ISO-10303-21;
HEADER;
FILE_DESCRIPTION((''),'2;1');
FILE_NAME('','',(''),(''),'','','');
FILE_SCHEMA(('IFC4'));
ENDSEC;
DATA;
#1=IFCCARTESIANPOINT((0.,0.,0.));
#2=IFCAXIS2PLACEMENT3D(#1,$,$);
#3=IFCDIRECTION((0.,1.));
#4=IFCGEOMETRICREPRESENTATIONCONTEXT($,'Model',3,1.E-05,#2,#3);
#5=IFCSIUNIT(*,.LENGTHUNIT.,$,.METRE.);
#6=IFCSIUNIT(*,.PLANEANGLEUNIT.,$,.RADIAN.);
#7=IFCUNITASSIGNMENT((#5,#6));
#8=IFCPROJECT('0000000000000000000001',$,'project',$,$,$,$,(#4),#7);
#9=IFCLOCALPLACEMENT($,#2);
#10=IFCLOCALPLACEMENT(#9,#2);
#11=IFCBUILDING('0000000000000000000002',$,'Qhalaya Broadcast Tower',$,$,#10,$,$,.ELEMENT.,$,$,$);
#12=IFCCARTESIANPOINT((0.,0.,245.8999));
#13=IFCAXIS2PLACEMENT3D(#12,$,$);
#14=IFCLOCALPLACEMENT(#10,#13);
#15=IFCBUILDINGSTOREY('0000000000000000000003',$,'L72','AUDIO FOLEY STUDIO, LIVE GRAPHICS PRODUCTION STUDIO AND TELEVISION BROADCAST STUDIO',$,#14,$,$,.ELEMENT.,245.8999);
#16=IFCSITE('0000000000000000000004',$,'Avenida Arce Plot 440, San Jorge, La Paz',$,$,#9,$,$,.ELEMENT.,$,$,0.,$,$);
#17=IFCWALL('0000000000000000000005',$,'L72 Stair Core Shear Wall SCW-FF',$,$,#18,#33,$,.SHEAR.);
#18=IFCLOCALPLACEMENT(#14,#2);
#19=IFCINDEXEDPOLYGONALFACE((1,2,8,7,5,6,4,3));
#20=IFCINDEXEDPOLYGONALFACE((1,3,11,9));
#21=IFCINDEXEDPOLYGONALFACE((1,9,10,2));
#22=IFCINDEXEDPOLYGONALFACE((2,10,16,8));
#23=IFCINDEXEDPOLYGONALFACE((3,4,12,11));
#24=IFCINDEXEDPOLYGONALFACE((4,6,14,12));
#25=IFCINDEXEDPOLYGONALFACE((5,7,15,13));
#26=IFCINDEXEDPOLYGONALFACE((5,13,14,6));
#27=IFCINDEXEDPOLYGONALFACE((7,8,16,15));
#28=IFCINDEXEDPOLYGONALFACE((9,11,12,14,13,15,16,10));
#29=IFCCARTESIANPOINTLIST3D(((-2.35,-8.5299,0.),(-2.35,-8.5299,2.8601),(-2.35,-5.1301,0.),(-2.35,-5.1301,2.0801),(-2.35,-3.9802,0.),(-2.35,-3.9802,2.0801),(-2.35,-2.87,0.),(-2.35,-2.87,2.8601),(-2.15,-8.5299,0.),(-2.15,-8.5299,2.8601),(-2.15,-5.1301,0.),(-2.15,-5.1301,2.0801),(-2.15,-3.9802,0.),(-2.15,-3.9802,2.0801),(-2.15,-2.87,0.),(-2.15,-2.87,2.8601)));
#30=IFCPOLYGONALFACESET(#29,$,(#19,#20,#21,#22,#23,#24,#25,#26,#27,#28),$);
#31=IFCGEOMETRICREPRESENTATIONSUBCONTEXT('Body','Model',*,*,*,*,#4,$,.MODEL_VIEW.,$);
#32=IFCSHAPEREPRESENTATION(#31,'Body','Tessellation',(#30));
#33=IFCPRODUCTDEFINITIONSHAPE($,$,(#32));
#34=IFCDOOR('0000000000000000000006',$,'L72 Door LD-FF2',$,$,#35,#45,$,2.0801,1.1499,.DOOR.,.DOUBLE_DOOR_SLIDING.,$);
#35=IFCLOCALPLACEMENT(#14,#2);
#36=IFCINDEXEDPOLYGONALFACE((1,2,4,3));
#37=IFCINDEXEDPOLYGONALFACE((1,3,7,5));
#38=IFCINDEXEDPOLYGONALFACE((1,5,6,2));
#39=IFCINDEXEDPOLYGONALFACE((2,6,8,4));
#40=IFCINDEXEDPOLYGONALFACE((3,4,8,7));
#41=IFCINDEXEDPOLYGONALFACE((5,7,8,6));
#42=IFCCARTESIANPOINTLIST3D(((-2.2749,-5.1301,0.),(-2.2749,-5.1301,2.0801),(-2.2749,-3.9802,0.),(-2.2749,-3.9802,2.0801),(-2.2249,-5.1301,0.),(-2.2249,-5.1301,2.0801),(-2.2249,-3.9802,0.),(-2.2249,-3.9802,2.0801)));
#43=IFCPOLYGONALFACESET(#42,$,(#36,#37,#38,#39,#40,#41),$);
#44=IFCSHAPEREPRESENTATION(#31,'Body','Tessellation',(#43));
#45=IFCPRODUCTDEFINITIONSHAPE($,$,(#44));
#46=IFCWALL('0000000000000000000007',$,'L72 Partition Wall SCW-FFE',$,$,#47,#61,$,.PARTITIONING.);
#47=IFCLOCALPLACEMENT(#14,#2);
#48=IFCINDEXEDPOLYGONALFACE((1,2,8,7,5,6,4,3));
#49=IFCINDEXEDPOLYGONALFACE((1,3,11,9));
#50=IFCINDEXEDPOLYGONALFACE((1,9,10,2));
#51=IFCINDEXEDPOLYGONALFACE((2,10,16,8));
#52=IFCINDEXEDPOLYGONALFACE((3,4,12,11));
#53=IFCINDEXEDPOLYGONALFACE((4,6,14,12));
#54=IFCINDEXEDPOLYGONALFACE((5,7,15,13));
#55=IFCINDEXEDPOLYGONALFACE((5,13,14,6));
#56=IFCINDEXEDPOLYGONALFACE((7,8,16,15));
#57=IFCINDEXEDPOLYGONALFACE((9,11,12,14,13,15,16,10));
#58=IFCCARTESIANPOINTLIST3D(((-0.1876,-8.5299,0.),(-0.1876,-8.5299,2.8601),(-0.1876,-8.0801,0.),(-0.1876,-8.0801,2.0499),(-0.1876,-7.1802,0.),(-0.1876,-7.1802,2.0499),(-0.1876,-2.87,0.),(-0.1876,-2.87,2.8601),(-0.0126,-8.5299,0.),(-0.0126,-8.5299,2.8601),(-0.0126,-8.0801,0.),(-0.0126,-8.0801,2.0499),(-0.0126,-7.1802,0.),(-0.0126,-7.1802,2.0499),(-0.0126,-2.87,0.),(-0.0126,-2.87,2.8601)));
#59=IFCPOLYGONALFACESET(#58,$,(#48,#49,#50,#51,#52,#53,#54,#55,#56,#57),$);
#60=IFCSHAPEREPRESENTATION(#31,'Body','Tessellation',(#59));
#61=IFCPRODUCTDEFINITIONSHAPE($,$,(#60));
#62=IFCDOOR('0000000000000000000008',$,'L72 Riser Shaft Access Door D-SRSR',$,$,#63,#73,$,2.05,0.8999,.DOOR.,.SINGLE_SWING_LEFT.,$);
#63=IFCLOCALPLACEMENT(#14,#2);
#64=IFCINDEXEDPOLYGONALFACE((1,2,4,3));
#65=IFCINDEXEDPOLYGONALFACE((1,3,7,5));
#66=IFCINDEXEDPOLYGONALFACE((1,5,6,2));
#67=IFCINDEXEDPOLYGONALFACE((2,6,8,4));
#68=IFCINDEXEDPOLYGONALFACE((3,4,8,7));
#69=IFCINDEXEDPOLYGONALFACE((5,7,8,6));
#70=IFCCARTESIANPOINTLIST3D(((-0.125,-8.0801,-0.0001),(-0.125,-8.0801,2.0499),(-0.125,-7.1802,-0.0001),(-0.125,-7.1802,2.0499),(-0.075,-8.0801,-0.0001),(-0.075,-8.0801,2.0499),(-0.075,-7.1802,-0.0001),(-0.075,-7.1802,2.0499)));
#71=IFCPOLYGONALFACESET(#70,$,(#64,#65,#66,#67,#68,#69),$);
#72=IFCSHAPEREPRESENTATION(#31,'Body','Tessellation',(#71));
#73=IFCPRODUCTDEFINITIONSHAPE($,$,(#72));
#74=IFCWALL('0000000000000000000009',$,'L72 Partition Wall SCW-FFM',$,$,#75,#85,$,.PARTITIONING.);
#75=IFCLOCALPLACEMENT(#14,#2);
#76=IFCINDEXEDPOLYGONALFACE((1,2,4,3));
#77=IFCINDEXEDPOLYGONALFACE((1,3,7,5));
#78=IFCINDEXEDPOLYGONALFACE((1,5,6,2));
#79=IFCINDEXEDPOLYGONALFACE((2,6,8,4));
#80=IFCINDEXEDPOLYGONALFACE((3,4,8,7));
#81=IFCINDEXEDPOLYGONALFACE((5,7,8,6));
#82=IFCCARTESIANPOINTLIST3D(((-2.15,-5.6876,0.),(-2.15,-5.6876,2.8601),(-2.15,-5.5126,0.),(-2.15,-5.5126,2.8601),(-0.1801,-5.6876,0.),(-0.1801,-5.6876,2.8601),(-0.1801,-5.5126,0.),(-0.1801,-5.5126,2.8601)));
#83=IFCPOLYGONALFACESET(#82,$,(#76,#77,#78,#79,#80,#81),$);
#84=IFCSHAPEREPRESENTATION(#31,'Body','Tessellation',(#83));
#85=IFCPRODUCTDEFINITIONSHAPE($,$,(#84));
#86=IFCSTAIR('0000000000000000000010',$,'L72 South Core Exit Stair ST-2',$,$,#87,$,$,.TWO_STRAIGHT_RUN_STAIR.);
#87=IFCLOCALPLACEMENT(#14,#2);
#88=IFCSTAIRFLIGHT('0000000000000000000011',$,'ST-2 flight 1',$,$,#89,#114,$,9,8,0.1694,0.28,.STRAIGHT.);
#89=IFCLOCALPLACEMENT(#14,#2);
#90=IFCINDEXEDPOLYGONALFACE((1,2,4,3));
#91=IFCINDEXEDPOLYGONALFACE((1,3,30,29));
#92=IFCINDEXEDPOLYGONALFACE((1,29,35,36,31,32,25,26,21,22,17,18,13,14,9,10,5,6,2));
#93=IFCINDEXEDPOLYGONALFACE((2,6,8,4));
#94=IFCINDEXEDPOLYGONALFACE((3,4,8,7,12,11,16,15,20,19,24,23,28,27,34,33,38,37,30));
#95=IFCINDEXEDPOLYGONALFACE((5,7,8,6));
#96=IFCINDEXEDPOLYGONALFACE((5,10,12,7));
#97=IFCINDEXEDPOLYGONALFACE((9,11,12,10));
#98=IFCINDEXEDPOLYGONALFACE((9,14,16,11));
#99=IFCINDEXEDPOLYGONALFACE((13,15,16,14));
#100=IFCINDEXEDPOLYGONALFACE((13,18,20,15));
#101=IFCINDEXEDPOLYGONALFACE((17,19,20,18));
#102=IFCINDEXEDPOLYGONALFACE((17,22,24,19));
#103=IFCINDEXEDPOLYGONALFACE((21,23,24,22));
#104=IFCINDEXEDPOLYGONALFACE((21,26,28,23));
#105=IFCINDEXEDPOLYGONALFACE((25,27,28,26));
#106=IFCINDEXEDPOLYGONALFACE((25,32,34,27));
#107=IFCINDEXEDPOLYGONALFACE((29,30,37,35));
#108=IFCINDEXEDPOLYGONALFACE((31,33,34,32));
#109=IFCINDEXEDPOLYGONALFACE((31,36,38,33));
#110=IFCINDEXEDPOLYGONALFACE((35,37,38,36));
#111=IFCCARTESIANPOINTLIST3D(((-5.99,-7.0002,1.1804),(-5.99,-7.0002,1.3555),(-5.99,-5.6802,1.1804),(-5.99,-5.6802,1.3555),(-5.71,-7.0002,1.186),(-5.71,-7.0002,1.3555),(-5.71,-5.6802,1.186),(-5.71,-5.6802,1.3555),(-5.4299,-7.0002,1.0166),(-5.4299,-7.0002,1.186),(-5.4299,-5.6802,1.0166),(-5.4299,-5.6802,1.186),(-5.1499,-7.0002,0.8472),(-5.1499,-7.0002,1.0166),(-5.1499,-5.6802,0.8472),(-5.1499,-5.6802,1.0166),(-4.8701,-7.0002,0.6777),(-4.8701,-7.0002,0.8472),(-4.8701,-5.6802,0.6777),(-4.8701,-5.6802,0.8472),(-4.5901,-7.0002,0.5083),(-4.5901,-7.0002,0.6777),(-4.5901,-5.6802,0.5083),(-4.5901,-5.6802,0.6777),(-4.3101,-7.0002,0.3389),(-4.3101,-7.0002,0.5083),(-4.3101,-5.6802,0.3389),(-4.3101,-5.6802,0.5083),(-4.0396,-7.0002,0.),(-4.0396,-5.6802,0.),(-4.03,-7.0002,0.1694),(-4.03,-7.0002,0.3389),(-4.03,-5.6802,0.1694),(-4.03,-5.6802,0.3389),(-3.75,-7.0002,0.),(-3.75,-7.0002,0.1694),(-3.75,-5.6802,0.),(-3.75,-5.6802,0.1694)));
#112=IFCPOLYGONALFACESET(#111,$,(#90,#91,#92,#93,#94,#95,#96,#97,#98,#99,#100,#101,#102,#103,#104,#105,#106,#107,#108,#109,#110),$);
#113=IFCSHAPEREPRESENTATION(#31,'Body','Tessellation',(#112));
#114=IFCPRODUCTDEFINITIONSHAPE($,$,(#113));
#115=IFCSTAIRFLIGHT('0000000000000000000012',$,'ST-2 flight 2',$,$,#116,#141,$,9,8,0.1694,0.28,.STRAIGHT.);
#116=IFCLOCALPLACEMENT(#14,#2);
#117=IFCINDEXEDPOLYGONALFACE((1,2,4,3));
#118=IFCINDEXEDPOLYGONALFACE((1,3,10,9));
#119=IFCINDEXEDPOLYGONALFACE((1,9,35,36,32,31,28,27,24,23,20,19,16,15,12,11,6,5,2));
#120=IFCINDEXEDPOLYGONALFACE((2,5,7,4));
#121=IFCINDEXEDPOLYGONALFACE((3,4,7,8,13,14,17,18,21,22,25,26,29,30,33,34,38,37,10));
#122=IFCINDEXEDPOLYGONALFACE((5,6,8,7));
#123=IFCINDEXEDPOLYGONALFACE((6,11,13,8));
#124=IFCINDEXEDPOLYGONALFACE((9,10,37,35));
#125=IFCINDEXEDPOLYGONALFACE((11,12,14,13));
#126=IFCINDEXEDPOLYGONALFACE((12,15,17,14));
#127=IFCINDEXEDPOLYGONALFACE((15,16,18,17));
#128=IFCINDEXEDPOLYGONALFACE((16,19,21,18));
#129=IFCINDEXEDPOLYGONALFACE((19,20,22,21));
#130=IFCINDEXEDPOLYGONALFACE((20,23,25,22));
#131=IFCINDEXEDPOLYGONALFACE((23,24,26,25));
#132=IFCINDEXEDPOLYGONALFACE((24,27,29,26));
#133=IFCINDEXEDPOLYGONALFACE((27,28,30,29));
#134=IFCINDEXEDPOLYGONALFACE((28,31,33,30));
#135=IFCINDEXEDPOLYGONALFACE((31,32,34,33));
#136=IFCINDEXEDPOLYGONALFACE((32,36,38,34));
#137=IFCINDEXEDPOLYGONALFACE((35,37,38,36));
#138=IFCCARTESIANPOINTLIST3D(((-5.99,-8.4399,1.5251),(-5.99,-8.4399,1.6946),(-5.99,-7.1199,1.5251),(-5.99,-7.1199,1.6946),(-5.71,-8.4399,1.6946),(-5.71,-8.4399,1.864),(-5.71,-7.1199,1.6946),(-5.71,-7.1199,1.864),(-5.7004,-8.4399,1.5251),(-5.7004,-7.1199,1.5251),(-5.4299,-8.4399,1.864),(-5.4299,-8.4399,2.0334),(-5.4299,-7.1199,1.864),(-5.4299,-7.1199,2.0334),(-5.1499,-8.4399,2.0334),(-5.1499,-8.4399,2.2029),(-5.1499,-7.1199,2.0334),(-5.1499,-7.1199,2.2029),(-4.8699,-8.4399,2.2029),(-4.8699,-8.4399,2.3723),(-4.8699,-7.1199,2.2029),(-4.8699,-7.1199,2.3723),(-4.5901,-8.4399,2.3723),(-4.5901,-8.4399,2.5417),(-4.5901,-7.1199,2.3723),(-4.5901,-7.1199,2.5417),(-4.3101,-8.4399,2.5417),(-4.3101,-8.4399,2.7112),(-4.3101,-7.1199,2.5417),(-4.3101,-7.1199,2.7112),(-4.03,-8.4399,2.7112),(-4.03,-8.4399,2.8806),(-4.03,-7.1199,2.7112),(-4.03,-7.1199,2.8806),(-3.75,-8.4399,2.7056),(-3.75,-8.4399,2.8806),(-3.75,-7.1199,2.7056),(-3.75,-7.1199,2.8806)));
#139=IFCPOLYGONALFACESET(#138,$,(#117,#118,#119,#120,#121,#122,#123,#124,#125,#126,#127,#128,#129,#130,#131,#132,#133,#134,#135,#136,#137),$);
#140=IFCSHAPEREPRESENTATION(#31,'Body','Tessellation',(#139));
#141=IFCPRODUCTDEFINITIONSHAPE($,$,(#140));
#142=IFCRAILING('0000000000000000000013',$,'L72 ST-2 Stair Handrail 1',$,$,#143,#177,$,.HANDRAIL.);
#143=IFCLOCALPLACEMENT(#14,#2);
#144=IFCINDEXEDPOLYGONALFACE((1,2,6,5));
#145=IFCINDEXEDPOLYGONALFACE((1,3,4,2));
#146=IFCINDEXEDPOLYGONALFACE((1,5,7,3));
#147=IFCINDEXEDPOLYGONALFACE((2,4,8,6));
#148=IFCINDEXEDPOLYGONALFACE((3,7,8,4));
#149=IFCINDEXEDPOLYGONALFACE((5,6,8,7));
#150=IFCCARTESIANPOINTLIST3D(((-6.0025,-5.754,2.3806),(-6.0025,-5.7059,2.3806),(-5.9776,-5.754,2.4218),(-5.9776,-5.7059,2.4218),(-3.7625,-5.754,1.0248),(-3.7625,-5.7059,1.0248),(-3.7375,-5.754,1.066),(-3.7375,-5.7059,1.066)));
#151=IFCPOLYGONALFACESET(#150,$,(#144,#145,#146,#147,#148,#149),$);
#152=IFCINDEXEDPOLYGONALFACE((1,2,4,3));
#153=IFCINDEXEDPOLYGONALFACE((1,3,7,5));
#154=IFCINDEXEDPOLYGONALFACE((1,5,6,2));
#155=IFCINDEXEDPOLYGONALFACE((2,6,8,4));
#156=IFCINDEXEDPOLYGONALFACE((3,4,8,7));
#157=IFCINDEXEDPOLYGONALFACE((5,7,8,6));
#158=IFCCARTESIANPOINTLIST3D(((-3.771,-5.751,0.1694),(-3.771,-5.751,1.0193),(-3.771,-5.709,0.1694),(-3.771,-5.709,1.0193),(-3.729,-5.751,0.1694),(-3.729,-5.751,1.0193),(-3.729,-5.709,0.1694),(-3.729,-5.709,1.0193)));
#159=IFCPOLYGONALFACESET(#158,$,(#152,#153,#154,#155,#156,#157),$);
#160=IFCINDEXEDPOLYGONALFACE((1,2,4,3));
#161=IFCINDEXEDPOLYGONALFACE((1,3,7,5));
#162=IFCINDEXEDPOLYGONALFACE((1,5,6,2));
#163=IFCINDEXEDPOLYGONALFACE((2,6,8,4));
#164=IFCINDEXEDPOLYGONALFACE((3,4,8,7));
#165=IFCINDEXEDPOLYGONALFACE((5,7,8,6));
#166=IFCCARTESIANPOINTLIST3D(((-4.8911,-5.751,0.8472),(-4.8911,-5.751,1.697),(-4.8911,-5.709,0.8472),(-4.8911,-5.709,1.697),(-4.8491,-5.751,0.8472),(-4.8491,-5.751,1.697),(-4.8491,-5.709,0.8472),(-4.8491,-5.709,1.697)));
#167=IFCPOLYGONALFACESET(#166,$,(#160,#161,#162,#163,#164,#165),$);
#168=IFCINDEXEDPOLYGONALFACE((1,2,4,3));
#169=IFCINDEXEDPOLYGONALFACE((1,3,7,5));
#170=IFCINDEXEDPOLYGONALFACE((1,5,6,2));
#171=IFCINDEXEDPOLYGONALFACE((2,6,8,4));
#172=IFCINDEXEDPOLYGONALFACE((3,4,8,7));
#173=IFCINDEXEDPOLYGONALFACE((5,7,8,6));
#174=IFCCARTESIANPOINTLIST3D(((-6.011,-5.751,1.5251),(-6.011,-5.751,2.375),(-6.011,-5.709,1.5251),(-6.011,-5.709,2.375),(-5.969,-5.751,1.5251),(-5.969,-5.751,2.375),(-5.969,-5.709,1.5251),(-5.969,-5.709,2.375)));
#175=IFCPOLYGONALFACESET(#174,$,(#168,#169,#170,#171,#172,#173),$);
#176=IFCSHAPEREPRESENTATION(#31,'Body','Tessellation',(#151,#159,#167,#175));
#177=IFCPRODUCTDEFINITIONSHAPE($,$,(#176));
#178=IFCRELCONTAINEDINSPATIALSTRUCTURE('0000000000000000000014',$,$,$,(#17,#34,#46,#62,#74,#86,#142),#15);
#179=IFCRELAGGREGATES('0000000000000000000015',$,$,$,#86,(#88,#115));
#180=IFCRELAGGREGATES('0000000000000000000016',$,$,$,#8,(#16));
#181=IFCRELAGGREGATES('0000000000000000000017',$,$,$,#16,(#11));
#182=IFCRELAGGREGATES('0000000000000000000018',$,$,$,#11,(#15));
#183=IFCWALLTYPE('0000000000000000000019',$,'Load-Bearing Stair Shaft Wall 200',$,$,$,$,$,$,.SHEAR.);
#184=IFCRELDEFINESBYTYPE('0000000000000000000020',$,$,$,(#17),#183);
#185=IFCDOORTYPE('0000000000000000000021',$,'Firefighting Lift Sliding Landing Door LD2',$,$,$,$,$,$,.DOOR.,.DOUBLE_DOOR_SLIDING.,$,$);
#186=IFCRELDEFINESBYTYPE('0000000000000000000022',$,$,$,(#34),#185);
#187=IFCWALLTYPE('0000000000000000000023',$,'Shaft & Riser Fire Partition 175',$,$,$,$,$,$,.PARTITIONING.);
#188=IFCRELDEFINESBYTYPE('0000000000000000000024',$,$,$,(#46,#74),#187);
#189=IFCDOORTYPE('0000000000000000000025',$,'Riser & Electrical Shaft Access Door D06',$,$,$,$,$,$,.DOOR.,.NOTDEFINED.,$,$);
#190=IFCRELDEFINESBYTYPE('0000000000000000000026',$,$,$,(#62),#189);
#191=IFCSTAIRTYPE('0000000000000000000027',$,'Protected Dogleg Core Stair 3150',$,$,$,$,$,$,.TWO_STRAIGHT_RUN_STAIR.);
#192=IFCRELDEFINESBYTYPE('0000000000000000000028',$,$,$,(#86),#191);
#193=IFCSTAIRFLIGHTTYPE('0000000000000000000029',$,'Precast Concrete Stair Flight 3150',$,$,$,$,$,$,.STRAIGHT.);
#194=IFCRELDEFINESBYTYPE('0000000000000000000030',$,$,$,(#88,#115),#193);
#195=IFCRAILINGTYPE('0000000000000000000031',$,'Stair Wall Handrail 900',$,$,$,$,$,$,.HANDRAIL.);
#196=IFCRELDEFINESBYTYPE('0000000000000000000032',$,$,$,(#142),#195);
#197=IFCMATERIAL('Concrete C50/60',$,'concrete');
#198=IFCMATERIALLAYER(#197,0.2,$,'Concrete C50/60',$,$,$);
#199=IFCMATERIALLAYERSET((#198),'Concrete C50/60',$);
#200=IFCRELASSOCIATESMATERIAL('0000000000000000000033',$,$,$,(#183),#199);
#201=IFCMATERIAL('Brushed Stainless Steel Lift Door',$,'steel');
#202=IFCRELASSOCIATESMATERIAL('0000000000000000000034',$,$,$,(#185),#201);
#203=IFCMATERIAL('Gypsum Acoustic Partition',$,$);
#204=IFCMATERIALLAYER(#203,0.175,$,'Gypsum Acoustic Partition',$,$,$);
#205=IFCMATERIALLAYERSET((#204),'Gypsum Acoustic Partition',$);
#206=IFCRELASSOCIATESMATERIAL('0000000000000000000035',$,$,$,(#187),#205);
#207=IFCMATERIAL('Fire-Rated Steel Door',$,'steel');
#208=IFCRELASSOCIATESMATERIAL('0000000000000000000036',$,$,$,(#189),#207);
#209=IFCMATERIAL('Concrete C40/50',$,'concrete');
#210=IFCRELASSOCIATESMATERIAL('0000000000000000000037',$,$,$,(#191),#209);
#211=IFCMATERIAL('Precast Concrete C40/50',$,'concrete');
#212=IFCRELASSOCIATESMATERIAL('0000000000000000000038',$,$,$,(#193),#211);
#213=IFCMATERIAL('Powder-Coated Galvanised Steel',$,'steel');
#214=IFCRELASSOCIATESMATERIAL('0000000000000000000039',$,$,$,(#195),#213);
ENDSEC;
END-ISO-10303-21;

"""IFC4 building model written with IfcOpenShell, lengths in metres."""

from ifc_helpers import new_model, si_unit, direction, frame, frame_2d, origin, origin_2d, place, context, subcontext, project, spatial, polyline, rectangle, outline, extrude, material, layer, layer_set, type_object, element, fill, aggregate, save


model = new_model("IFC4")

# Units and contexts
model_context = context("Model", 3, precision=1e-05, world=origin(), true_north=direction((0.0, 1.0)))
body_context = subcontext(model_context, "Body", "Model", "MODEL_VIEW")
ifc_project = project(units=[si_unit("LENGTHUNIT", "METRE"), si_unit("PLANEANGLEUNIT", "RADIAN")], contexts=[model_context])

# Site, building, storey
site_placement = place(None, origin())
site = spatial("IfcSite", under=ifc_project, at=site_placement, Name="Avenida Arce Plot 440, San Jorge, La Paz", CompositionType="ELEMENT", RefElevation=0.0)
building_placement = place(site_placement, origin())
building = spatial("IfcBuilding", under=site, at=building_placement, Name="Qhalaya Broadcast Tower", CompositionType="ELEMENT")
storey_placement = place(building_placement, frame((0.0, 0.0, 245.8999)))
storey = spatial("IfcBuildingStorey", under=building, at=storey_placement, Name="L72", Description="AUDIO FOLEY STUDIO, LIVE GRAPHICS PRODUCTION STUDIO AND TELEVISION BROADCAST STUDIO", CompositionType="ELEMENT", Elevation=245.8999)

# Shared definitions
ifc_material_1 = material(Name="Concrete C50/60", Category="concrete")

# Walls, openings, doors
ifc_layer_1 = layer(ifc_material_1, 0.2, Name="Concrete C50/60")
ifc_layer_set_1 = layer_set([ifc_layer_1], Name="Concrete C50/60")
wall_type_1 = type_object("IfcWallType", Name="Load-Bearing Stair Shaft Wall 200", PredefinedType="SHEAR", material=ifc_layer_set_1)
ifc_material_2 = material(Name="Fire-Rated Steel Door", Category="steel")
wall_1_placement = place(storey_placement, frame((-2.25, -8.53, 0.0), z_axis=(0.0, 0.0, 1.0), x_axis=(0.0, 1.0, 0.0)))
wall_1 = element("IfcWall", 1, at=wall_1_placement, inside=storey, type_object=wall_type_1, Name="L72 Stair Core Shear Wall SCW-FF", PredefinedType="SHEAR", context=body_context, shape_type="SweptSolid", body=[
    extrude(rectangle(XDim=5.6599, YDim=0.2, at=frame_2d((2.8301, 0.0))), origin(), (0.0, 0.0, 1.0), 2.8601),
])
opening_1_placement = place(wall_1_placement, frame((3.3999, 0.0, 0.0)))
opening_1 = element("IfcOpeningElement", 2, at=opening_1_placement, cuts=wall_1, PredefinedType="OPENING", context=body_context, shape_type="SweptSolid", body=[
    extrude(rectangle(XDim=1.1499, YDim=2.0801, at=frame_2d((0.575, 1.04))), frame((0.0, 0.1121, 0.0), z_axis=(0.0, -1.0, 0.0), x_axis=(1.0, 0.0, 0.0)), (0.0, 0.0, 1.0), 0.2239),
])
ifc_material_3 = material(Name="Brushed Stainless Steel Lift Door", Category="steel")
door_type_1 = type_object("IfcDoorType", Name="Firefighting Lift Sliding Landing Door LD2", OperationType="DOUBLE_DOOR_SLIDING", PredefinedType="DOOR", material=ifc_material_3)
door_1_placement = place(opening_1_placement, origin())
door_1 = element("IfcDoor", 3, at=door_1_placement, inside=storey, type_object=door_type_1, Name="L72 Door LD-FF2", OperationType="DOUBLE_DOOR_SLIDING", OverallHeight=2.0801, OverallWidth=1.1499, PredefinedType="DOOR", context=body_context, shape_type="SweptSolid", body=[
    extrude(rectangle(XDim=1.1499, YDim=2.0801, at=frame_2d((0.575, 1.04))), frame((0.0, 0.0249, 0.0), z_axis=(0.0, -1.0, 0.0), x_axis=(1.0, 0.0, 0.0)), (0.0, 0.0, 1.0), 0.05),
])
fill(opening_1, door_1)
ifc_material_4 = material(Name="Gypsum Acoustic Partition")
ifc_layer_2 = layer(ifc_material_4, 0.175, Name="Gypsum Acoustic Partition")
ifc_layer_set_2 = layer_set([ifc_layer_2], Name="Gypsum Acoustic Partition")
wall_type_2 = type_object("IfcWallType", Name="Shaft & Riser Fire Partition 175", PredefinedType="PARTITIONING", material=ifc_layer_set_2)
wall_2_placement = place(storey_placement, frame((-0.1001, -8.53, 0.0), z_axis=(0.0, 0.0, 1.0), x_axis=(0.0, 1.0, 0.0)))
wall_2 = element("IfcWall", 4, at=wall_2_placement, inside=storey, type_object=wall_type_2, Name="L72 Partition Wall SCW-FFE", PredefinedType="PARTITIONING", context=body_context, shape_type="SweptSolid", body=[
    extrude(rectangle(XDim=5.6599, YDim=0.175, at=frame_2d((2.8301, 0.0))), origin(), (0.0, 0.0, 1.0), 2.8601),
])
opening_2_placement = place(wall_2_placement, frame((0.45, 0.0, 0.0)))
opening_2 = element("IfcOpeningElement", 5, at=opening_2_placement, cuts=wall_2, PredefinedType="OPENING", context=body_context, shape_type="SweptSolid", body=[
    extrude(rectangle(XDim=0.8999, YDim=2.05, at=frame_2d((0.45, 1.0249))), frame((0.0, 0.0996, 0.0), z_axis=(0.0, -1.0, 0.0), x_axis=(1.0, 0.0, 0.0)), (0.0, 0.0, 1.0), 0.199),
])
door_type_2 = type_object("IfcDoorType", Name="Riser & Electrical Shaft Access Door D06", OperationType="NOTDEFINED", PredefinedType="DOOR", material=ifc_material_2)
door_2_placement = place(opening_2_placement, origin())
door_2 = element("IfcDoor", 6, at=door_2_placement, inside=storey, type_object=door_type_2, Name="L72 Riser Shaft Access Door D-SRSR", OperationType="SINGLE_SWING_LEFT", OverallHeight=2.05, OverallWidth=0.8999, PredefinedType="DOOR", context=body_context, shape_type="SweptSolid", body=[
    extrude(rectangle(XDim=0.8999, YDim=2.05, at=frame_2d((0.45, 1.0249))), frame((0.0, 0.0249, 0.0), z_axis=(0.0, -1.0, 0.0), x_axis=(1.0, 0.0, 0.0)), (0.0, 0.0, 1.0), 0.05),
])
fill(opening_2, door_2)

# Wall
wall_3_placement = place(storey_placement, frame((-2.1499, -5.6001, 0.0), z_axis=(0.0, 0.0, 1.0), x_axis=(1.0, 0.0, 0.0)))
element("IfcWall", 7, at=wall_3_placement, inside=storey, type_object=wall_type_2, Name="L72 Partition Wall SCW-FFM", PredefinedType="PARTITIONING", context=body_context, shape_type="SweptSolid", body=[
    extrude(rectangle(XDim=1.97, YDim=0.175, at=frame_2d((0.9849, 0.0))), origin(), (0.0, 0.0, 1.0), 2.8601),
])

# Stair, stair flights
ifc_material_5 = material(Name="Concrete C40/50", Category="concrete")
stair_type = type_object("IfcStairType", Name="Protected Dogleg Core Stair 3150", PredefinedType="TWO_STRAIGHT_RUN_STAIR", material=ifc_material_5)
stair_placement = place(storey_placement, origin())
stair = element("IfcStair", 8, at=stair_placement, inside=storey, type_object=stair_type, Name="L72 South Core Exit Stair ST-2", PredefinedType="TWO_STRAIGHT_RUN_STAIR")
ifc_material_6 = material(Name="Precast Concrete C40/50", Category="concrete")
stair_flight_type = type_object("IfcStairFlightType", Name="Precast Concrete Stair Flight 3150", PredefinedType="STRAIGHT", material=ifc_material_6)
stair_flight_1_placement = place(storey_placement, frame((-3.75, -6.3401, 0.0), z_axis=(0.0, 0.0, 1.0), x_axis=(-1.0, 0.0, 0.0)))
stair_flight_1 = element("IfcStairFlight", 9, at=stair_flight_1_placement, type_object=stair_flight_type, Name="ST-2 flight 1", NumberOfRisers=9, NumberOfTreads=8, PredefinedType="STRAIGHT", RiserHeight=0.1694, TreadLength=0.28, context=body_context, shape_type="SweptSolid", body=[
    extrude(outline(polyline([(0.0, 0.0), (0.0, 0.1694), (0.28, 0.1694), (0.28, 0.3389), (0.5601, 0.3389), (0.5601, 0.5083), (0.8401, 0.5083), (0.8401, 0.6777), (1.1201, 0.6777), (1.1201, 0.8472), (1.3999, 0.8472), (1.3999, 1.0166), (1.6799, 1.0166), (1.6799, 1.186), (1.96, 1.186), (1.96, 1.3555), (2.24, 1.3555), (2.24, 1.5249), (2.24, 1.1804), (0.2896, 0.0), (0.0, 0.0)])), frame((0.0, 0.6602, 0.0), z_axis=(0.0, -1.0, 0.0), x_axis=(1.0, 0.0, 0.0)), (0.0, 0.0, 1.0), 1.3201),
])
stair_flight_2_placement = place(storey_placement, frame((-5.99, -7.78, 1.5251), z_axis=(0.0, 0.0, 1.0), x_axis=(1.0, 0.0, 0.0)))
stair_flight_2 = element("IfcStairFlight", 10, at=stair_flight_2_placement, type_object=stair_flight_type, Name="ST-2 flight 2", NumberOfRisers=9, NumberOfTreads=8, PredefinedType="STRAIGHT", RiserHeight=0.1694, TreadLength=0.28, context=body_context, shape_type="SweptSolid", body=[
    extrude(outline(polyline([(0.0, 0.0), (0.0, 0.1694), (0.28, 0.1694), (0.28, 0.3389), (0.5601, 0.3389), (0.5601, 0.5083), (0.8401, 0.5083), (0.8401, 0.6777), (1.1201, 0.6777), (1.1201, 0.8472), (1.3999, 0.8472), (1.3999, 1.0166), (1.6799, 1.0166), (1.6799, 1.186), (1.96, 1.186), (1.96, 1.3555), (2.24, 1.3555), (2.24, 1.5249), (2.24, 1.1804), (0.2896, 0.0), (0.0, 0.0)])), frame((0.0, 0.6602, 0.0), z_axis=(0.0, -1.0, 0.0), x_axis=(1.0, 0.0, 0.0)), (0.0, 0.0, 1.0), 1.3201),
])
aggregate(stair, [stair_flight_1, stair_flight_2])

# Railing
ifc_material_7 = material(Name="Powder-Coated Galvanised Steel", Category="steel")
railing_type_1 = type_object("IfcRailingType", Name="Stair Wall Handrail 900", PredefinedType="HANDRAIL", material=ifc_material_7)
railing_1_placement = place(storey_placement, frame((-3.75, -5.73, 0.1694)))
element("IfcRailing", 11, at=railing_1_placement, inside=storey, type_object=railing_type_1, Name="L72 ST-2 Stair Handrail 1", PredefinedType="HANDRAIL", context=body_context, shape_type="SweptSolid", body=[
    extrude(rectangle(XDim=0.0481, YDim=0.0481, at=origin_2d()), frame((0.0, 0.0, 0.876), z_axis=(-0.855512, 0.0, 0.517783), x_axis=(0.0, -1.0, 0.0)), (0.0, 0.0, 1.0), 2.6184),
    extrude(rectangle(XDim=0.042, YDim=0.042, at=origin_2d()), origin(), (0.0, 0.0, 1.0), 0.8499),
    extrude(rectangle(XDim=0.042, YDim=0.042, at=origin_2d()), frame((-1.1201, 0.0, 0.6777)), (0.0, 0.0, 1.0), 0.8499),
    extrude(rectangle(XDim=0.042, YDim=0.042, at=origin_2d()), frame((-2.24, 0.0, 1.3557)), (0.0, 0.0, 1.0), 0.8499),
])

save(model, "model.ifc")
